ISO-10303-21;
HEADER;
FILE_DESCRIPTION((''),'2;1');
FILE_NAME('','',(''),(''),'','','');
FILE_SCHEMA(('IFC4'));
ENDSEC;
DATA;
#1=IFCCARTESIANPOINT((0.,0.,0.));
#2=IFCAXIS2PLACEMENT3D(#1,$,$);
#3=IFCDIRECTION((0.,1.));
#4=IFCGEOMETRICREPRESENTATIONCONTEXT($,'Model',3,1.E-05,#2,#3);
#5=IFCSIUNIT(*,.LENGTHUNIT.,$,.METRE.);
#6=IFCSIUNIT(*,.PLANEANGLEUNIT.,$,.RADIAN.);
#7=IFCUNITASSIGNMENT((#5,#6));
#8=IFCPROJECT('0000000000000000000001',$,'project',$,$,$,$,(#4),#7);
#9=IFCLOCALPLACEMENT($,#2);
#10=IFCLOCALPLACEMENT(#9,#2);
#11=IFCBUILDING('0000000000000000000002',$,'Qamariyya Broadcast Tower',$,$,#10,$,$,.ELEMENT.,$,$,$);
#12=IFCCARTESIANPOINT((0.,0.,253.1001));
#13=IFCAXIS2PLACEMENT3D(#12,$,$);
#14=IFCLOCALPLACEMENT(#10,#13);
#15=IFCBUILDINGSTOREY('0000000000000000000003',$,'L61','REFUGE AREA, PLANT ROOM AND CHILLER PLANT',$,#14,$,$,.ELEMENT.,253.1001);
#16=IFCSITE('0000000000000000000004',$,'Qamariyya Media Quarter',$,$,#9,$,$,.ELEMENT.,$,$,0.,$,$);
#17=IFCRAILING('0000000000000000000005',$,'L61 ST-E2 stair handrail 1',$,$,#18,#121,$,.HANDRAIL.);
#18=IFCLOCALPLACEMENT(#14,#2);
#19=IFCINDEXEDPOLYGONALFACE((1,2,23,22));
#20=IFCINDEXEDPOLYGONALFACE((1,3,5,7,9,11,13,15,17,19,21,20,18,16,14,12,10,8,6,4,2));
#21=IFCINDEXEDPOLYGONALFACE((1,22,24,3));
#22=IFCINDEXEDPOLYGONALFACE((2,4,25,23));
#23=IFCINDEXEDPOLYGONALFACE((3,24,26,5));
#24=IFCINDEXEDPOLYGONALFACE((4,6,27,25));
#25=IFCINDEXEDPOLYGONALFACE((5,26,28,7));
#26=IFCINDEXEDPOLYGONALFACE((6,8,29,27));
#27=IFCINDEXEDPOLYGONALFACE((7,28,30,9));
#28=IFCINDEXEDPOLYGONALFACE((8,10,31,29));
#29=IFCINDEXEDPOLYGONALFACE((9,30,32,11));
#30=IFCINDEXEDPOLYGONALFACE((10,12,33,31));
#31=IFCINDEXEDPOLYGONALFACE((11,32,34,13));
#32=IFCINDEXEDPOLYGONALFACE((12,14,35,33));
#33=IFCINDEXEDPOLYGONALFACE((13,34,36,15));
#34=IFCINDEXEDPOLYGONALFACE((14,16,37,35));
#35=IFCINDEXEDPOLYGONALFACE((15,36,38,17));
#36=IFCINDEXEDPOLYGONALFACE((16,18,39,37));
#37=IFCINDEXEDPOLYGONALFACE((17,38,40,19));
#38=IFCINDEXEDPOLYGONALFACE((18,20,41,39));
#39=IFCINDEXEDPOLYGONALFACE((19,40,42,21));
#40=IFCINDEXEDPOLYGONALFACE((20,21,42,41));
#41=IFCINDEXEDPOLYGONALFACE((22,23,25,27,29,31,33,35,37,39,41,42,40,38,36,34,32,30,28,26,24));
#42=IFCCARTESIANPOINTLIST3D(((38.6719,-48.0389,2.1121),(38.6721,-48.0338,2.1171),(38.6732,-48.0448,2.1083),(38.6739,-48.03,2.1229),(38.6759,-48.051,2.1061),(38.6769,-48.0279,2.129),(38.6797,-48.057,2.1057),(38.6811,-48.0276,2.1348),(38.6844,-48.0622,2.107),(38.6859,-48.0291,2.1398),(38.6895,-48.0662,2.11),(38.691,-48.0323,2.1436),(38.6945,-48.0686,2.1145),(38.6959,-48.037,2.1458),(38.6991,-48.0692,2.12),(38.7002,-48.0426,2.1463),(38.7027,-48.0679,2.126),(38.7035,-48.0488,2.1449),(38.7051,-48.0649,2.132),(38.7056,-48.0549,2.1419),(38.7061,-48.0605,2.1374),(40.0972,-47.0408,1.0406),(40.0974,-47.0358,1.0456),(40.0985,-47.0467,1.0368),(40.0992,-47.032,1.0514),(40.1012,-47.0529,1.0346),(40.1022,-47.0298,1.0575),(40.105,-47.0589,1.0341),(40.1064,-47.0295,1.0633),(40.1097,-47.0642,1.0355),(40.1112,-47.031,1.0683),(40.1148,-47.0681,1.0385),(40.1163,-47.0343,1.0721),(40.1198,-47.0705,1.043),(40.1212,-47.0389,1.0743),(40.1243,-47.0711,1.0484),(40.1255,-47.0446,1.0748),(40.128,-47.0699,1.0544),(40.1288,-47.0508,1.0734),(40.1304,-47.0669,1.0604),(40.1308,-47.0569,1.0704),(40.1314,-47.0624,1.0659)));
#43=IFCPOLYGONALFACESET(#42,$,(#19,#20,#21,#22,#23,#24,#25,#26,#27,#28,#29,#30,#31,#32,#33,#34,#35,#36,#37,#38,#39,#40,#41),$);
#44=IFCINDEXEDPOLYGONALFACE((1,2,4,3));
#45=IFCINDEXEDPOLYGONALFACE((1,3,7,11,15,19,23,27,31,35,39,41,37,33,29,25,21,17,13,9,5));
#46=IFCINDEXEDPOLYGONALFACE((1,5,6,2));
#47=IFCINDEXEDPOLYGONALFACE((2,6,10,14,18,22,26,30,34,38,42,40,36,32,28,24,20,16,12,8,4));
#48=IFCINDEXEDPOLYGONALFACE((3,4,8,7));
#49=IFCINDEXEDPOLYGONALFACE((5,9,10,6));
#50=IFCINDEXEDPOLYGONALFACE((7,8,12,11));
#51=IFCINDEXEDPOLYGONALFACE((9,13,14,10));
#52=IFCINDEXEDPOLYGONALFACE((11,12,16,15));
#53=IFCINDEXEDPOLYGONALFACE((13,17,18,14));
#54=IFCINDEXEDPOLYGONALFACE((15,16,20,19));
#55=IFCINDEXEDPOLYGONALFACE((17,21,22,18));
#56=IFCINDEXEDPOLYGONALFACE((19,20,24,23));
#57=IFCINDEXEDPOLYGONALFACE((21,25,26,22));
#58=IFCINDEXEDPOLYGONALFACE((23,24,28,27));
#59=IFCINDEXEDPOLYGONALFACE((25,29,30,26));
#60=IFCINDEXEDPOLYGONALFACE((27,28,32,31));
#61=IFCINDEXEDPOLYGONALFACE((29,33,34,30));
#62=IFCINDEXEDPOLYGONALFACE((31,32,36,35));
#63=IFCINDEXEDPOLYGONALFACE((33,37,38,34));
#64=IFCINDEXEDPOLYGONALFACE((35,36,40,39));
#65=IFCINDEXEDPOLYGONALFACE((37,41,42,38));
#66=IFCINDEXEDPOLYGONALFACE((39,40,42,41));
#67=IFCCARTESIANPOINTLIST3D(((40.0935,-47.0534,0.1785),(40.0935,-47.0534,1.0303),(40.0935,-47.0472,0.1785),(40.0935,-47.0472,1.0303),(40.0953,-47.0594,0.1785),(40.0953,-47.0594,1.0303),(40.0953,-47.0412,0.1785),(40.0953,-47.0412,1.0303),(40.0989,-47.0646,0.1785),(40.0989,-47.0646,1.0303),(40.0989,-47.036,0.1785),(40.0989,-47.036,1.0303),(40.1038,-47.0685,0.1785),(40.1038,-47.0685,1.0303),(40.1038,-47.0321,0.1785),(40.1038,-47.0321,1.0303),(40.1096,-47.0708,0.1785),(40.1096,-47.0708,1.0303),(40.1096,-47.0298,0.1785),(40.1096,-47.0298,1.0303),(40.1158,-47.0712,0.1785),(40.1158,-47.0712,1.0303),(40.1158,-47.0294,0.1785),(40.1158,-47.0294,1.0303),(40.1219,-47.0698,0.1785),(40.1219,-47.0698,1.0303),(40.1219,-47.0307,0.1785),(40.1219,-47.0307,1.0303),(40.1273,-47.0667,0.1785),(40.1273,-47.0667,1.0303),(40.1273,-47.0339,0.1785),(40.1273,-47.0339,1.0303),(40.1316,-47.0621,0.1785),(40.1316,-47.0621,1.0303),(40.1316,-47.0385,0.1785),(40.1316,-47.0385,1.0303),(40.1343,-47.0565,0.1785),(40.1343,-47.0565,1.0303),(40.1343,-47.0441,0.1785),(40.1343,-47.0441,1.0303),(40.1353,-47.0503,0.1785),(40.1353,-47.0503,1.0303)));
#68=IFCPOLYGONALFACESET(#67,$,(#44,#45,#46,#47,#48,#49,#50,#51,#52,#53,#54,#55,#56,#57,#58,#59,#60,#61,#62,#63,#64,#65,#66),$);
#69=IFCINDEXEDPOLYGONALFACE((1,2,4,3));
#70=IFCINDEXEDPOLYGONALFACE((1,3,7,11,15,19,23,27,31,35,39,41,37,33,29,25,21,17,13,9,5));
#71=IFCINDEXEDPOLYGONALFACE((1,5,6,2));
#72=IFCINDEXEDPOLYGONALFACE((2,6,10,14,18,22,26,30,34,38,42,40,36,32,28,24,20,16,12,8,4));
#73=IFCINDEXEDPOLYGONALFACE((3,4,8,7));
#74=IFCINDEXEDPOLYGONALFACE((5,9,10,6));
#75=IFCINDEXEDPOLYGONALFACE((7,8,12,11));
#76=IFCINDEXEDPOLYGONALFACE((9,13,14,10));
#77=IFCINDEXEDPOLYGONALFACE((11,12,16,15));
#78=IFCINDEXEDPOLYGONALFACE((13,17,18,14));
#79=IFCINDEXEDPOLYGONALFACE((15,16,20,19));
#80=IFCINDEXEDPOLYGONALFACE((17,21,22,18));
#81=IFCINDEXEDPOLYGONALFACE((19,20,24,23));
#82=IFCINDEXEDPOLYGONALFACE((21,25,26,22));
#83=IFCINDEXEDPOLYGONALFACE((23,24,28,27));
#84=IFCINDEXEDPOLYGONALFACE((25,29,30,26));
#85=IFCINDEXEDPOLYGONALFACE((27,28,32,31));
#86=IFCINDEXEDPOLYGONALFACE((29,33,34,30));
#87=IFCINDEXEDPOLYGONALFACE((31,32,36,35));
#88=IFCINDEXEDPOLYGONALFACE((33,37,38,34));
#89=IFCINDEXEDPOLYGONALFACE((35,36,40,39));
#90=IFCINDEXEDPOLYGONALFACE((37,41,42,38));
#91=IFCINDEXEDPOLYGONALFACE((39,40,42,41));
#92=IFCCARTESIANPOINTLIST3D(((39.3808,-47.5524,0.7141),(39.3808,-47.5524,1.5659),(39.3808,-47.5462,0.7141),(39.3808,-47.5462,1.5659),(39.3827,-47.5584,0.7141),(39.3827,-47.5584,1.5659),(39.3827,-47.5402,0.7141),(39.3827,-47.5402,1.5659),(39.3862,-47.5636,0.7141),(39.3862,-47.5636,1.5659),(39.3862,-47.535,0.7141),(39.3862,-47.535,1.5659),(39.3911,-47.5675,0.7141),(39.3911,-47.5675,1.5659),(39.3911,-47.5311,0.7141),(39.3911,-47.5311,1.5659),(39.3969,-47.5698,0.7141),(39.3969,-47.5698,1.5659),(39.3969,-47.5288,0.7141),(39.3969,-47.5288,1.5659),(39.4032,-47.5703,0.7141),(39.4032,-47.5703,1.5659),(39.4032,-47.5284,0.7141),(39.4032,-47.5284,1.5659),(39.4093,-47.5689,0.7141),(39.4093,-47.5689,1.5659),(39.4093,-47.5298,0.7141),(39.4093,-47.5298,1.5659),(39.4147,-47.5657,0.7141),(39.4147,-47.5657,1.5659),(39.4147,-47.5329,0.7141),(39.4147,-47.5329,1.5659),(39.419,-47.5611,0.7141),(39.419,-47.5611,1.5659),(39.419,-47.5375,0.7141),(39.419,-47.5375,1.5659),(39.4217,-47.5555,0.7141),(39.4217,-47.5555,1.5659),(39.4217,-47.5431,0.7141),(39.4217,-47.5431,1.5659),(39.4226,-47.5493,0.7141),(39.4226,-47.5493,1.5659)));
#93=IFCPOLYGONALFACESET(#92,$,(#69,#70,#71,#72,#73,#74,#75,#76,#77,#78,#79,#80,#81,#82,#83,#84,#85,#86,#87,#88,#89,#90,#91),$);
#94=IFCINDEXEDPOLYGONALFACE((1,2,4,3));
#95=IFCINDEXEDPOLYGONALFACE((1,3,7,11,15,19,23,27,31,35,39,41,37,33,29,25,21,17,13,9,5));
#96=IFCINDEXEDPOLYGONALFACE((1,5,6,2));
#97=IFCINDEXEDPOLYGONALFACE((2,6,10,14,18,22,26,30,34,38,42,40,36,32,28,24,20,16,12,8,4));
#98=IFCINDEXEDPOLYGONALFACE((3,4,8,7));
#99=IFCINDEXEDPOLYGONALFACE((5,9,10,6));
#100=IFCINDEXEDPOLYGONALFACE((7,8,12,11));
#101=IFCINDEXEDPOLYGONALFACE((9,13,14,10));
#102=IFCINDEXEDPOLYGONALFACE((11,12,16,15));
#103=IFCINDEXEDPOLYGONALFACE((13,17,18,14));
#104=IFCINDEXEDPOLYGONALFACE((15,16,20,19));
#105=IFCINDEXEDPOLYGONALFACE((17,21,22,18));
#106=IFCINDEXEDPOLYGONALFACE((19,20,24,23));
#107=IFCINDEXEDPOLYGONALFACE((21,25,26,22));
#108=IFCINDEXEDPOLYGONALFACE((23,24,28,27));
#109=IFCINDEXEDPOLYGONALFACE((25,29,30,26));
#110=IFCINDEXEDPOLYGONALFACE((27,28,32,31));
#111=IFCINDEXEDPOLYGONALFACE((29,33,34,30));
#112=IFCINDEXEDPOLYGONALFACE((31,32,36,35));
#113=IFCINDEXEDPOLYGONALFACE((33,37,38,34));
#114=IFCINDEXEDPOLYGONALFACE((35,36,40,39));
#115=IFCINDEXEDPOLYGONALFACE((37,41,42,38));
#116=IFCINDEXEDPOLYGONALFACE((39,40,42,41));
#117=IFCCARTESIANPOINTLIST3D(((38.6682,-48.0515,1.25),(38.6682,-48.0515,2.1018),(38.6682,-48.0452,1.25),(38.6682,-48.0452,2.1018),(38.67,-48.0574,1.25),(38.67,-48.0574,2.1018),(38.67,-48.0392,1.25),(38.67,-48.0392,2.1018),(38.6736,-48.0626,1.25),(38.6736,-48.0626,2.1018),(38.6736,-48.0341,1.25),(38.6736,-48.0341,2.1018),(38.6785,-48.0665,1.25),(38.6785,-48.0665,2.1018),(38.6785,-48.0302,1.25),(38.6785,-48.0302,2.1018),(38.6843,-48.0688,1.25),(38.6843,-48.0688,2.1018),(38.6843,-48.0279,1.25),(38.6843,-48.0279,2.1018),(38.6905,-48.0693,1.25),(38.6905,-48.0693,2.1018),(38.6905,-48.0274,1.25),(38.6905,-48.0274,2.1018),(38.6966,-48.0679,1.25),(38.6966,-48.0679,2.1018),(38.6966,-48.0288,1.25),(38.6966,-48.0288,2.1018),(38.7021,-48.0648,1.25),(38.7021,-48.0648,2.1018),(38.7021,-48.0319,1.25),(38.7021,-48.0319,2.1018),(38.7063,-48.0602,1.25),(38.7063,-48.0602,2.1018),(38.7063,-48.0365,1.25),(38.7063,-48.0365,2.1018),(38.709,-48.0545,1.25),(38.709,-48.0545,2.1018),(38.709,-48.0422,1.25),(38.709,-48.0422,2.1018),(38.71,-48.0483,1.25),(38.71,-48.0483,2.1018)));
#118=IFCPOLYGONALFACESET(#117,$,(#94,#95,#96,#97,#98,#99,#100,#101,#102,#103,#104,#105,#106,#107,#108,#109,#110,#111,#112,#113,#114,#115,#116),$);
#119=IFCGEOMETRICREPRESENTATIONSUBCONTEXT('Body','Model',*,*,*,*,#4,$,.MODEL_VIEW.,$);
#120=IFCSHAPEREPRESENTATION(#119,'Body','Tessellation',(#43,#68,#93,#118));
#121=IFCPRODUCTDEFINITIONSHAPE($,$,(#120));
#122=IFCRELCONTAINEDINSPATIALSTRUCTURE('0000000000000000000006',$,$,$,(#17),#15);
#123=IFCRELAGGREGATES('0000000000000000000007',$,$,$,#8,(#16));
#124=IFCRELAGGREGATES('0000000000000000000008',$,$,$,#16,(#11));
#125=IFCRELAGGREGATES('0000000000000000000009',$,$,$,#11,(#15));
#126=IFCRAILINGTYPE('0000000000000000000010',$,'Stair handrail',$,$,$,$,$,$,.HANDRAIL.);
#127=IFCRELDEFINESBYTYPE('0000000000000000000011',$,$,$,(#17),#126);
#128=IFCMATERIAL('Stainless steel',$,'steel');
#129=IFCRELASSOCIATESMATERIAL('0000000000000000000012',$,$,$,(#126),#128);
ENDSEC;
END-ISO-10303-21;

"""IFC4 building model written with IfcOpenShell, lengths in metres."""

from ifc_helpers import new_model, si_unit, direction, frame, origin, origin_2d, place, context, subcontext, project, spatial, circle, extrude, material, type_object, element, save


model = new_model("IFC4")

# Units and contexts
model_context = context("Model", 3, precision=1e-05, world=origin(), true_north=direction((0.0, 1.0)))
body_context = subcontext(model_context, "Body", "Model", "MODEL_VIEW")
ifc_project = project(units=[si_unit("LENGTHUNIT", "METRE"), si_unit("PLANEANGLEUNIT", "RADIAN")], contexts=[model_context])

# Site, building, storey
site_placement = place(None, origin())
site = spatial("IfcSite", under=ifc_project, at=site_placement, Name="Qamariyya Media Quarter", CompositionType="ELEMENT", RefElevation=0.0)
building_placement = place(site_placement, origin())
building = spatial("IfcBuilding", under=site, at=building_placement, Name="Qamariyya Broadcast Tower", CompositionType="ELEMENT")
storey_placement = place(building_placement, frame((0.0, 0.0, 253.1001)))
storey = spatial("IfcBuildingStorey", under=building, at=storey_placement, Name="L61", Description="REFUGE AREA, PLANT ROOM AND CHILLER PLANT", CompositionType="ELEMENT", Elevation=253.1001)

# Railing
ifc_material_1 = material(Name="Stainless steel", Category="steel")
railing_type_1 = type_object("IfcRailingType", Name="Stair handrail", PredefinedType="HANDRAIL", material=ifc_material_1)
railing_1_placement = place(storey_placement, frame((40.1143, -47.0503, 0.1785)))
element("IfcRailing", 1, at=railing_1_placement, inside=storey, type_object=railing_type_1, Name="L61 ST-E2 stair handrail 1", PredefinedType="HANDRAIL", context=body_context, shape_type="SweptSolid", body=[
    extrude(circle(Radius=0.0239, at=origin_2d()), frame((0.0, 0.0, 0.876), z_axis=(-0.697489, -0.48841, 0.524371), x_axis=(0.573594, -0.81914, 0.0)), (0.0, 0.0, 1.0), 2.0435),
    extrude(circle(Radius=0.021, at=origin_2d()), origin(), (0.0, 0.0, 1.0), 0.8518),
    extrude(circle(Radius=0.021, at=origin_2d()), frame((-0.7126, -0.499, 0.5356)), (0.0, 0.0, 1.0), 0.8518),
    extrude(circle(Radius=0.021, at=origin_2d()), frame((-1.4253, -0.998, 1.0715)), (0.0, 0.0, 1.0), 0.8518),
])

save(model, "model.ifc")
